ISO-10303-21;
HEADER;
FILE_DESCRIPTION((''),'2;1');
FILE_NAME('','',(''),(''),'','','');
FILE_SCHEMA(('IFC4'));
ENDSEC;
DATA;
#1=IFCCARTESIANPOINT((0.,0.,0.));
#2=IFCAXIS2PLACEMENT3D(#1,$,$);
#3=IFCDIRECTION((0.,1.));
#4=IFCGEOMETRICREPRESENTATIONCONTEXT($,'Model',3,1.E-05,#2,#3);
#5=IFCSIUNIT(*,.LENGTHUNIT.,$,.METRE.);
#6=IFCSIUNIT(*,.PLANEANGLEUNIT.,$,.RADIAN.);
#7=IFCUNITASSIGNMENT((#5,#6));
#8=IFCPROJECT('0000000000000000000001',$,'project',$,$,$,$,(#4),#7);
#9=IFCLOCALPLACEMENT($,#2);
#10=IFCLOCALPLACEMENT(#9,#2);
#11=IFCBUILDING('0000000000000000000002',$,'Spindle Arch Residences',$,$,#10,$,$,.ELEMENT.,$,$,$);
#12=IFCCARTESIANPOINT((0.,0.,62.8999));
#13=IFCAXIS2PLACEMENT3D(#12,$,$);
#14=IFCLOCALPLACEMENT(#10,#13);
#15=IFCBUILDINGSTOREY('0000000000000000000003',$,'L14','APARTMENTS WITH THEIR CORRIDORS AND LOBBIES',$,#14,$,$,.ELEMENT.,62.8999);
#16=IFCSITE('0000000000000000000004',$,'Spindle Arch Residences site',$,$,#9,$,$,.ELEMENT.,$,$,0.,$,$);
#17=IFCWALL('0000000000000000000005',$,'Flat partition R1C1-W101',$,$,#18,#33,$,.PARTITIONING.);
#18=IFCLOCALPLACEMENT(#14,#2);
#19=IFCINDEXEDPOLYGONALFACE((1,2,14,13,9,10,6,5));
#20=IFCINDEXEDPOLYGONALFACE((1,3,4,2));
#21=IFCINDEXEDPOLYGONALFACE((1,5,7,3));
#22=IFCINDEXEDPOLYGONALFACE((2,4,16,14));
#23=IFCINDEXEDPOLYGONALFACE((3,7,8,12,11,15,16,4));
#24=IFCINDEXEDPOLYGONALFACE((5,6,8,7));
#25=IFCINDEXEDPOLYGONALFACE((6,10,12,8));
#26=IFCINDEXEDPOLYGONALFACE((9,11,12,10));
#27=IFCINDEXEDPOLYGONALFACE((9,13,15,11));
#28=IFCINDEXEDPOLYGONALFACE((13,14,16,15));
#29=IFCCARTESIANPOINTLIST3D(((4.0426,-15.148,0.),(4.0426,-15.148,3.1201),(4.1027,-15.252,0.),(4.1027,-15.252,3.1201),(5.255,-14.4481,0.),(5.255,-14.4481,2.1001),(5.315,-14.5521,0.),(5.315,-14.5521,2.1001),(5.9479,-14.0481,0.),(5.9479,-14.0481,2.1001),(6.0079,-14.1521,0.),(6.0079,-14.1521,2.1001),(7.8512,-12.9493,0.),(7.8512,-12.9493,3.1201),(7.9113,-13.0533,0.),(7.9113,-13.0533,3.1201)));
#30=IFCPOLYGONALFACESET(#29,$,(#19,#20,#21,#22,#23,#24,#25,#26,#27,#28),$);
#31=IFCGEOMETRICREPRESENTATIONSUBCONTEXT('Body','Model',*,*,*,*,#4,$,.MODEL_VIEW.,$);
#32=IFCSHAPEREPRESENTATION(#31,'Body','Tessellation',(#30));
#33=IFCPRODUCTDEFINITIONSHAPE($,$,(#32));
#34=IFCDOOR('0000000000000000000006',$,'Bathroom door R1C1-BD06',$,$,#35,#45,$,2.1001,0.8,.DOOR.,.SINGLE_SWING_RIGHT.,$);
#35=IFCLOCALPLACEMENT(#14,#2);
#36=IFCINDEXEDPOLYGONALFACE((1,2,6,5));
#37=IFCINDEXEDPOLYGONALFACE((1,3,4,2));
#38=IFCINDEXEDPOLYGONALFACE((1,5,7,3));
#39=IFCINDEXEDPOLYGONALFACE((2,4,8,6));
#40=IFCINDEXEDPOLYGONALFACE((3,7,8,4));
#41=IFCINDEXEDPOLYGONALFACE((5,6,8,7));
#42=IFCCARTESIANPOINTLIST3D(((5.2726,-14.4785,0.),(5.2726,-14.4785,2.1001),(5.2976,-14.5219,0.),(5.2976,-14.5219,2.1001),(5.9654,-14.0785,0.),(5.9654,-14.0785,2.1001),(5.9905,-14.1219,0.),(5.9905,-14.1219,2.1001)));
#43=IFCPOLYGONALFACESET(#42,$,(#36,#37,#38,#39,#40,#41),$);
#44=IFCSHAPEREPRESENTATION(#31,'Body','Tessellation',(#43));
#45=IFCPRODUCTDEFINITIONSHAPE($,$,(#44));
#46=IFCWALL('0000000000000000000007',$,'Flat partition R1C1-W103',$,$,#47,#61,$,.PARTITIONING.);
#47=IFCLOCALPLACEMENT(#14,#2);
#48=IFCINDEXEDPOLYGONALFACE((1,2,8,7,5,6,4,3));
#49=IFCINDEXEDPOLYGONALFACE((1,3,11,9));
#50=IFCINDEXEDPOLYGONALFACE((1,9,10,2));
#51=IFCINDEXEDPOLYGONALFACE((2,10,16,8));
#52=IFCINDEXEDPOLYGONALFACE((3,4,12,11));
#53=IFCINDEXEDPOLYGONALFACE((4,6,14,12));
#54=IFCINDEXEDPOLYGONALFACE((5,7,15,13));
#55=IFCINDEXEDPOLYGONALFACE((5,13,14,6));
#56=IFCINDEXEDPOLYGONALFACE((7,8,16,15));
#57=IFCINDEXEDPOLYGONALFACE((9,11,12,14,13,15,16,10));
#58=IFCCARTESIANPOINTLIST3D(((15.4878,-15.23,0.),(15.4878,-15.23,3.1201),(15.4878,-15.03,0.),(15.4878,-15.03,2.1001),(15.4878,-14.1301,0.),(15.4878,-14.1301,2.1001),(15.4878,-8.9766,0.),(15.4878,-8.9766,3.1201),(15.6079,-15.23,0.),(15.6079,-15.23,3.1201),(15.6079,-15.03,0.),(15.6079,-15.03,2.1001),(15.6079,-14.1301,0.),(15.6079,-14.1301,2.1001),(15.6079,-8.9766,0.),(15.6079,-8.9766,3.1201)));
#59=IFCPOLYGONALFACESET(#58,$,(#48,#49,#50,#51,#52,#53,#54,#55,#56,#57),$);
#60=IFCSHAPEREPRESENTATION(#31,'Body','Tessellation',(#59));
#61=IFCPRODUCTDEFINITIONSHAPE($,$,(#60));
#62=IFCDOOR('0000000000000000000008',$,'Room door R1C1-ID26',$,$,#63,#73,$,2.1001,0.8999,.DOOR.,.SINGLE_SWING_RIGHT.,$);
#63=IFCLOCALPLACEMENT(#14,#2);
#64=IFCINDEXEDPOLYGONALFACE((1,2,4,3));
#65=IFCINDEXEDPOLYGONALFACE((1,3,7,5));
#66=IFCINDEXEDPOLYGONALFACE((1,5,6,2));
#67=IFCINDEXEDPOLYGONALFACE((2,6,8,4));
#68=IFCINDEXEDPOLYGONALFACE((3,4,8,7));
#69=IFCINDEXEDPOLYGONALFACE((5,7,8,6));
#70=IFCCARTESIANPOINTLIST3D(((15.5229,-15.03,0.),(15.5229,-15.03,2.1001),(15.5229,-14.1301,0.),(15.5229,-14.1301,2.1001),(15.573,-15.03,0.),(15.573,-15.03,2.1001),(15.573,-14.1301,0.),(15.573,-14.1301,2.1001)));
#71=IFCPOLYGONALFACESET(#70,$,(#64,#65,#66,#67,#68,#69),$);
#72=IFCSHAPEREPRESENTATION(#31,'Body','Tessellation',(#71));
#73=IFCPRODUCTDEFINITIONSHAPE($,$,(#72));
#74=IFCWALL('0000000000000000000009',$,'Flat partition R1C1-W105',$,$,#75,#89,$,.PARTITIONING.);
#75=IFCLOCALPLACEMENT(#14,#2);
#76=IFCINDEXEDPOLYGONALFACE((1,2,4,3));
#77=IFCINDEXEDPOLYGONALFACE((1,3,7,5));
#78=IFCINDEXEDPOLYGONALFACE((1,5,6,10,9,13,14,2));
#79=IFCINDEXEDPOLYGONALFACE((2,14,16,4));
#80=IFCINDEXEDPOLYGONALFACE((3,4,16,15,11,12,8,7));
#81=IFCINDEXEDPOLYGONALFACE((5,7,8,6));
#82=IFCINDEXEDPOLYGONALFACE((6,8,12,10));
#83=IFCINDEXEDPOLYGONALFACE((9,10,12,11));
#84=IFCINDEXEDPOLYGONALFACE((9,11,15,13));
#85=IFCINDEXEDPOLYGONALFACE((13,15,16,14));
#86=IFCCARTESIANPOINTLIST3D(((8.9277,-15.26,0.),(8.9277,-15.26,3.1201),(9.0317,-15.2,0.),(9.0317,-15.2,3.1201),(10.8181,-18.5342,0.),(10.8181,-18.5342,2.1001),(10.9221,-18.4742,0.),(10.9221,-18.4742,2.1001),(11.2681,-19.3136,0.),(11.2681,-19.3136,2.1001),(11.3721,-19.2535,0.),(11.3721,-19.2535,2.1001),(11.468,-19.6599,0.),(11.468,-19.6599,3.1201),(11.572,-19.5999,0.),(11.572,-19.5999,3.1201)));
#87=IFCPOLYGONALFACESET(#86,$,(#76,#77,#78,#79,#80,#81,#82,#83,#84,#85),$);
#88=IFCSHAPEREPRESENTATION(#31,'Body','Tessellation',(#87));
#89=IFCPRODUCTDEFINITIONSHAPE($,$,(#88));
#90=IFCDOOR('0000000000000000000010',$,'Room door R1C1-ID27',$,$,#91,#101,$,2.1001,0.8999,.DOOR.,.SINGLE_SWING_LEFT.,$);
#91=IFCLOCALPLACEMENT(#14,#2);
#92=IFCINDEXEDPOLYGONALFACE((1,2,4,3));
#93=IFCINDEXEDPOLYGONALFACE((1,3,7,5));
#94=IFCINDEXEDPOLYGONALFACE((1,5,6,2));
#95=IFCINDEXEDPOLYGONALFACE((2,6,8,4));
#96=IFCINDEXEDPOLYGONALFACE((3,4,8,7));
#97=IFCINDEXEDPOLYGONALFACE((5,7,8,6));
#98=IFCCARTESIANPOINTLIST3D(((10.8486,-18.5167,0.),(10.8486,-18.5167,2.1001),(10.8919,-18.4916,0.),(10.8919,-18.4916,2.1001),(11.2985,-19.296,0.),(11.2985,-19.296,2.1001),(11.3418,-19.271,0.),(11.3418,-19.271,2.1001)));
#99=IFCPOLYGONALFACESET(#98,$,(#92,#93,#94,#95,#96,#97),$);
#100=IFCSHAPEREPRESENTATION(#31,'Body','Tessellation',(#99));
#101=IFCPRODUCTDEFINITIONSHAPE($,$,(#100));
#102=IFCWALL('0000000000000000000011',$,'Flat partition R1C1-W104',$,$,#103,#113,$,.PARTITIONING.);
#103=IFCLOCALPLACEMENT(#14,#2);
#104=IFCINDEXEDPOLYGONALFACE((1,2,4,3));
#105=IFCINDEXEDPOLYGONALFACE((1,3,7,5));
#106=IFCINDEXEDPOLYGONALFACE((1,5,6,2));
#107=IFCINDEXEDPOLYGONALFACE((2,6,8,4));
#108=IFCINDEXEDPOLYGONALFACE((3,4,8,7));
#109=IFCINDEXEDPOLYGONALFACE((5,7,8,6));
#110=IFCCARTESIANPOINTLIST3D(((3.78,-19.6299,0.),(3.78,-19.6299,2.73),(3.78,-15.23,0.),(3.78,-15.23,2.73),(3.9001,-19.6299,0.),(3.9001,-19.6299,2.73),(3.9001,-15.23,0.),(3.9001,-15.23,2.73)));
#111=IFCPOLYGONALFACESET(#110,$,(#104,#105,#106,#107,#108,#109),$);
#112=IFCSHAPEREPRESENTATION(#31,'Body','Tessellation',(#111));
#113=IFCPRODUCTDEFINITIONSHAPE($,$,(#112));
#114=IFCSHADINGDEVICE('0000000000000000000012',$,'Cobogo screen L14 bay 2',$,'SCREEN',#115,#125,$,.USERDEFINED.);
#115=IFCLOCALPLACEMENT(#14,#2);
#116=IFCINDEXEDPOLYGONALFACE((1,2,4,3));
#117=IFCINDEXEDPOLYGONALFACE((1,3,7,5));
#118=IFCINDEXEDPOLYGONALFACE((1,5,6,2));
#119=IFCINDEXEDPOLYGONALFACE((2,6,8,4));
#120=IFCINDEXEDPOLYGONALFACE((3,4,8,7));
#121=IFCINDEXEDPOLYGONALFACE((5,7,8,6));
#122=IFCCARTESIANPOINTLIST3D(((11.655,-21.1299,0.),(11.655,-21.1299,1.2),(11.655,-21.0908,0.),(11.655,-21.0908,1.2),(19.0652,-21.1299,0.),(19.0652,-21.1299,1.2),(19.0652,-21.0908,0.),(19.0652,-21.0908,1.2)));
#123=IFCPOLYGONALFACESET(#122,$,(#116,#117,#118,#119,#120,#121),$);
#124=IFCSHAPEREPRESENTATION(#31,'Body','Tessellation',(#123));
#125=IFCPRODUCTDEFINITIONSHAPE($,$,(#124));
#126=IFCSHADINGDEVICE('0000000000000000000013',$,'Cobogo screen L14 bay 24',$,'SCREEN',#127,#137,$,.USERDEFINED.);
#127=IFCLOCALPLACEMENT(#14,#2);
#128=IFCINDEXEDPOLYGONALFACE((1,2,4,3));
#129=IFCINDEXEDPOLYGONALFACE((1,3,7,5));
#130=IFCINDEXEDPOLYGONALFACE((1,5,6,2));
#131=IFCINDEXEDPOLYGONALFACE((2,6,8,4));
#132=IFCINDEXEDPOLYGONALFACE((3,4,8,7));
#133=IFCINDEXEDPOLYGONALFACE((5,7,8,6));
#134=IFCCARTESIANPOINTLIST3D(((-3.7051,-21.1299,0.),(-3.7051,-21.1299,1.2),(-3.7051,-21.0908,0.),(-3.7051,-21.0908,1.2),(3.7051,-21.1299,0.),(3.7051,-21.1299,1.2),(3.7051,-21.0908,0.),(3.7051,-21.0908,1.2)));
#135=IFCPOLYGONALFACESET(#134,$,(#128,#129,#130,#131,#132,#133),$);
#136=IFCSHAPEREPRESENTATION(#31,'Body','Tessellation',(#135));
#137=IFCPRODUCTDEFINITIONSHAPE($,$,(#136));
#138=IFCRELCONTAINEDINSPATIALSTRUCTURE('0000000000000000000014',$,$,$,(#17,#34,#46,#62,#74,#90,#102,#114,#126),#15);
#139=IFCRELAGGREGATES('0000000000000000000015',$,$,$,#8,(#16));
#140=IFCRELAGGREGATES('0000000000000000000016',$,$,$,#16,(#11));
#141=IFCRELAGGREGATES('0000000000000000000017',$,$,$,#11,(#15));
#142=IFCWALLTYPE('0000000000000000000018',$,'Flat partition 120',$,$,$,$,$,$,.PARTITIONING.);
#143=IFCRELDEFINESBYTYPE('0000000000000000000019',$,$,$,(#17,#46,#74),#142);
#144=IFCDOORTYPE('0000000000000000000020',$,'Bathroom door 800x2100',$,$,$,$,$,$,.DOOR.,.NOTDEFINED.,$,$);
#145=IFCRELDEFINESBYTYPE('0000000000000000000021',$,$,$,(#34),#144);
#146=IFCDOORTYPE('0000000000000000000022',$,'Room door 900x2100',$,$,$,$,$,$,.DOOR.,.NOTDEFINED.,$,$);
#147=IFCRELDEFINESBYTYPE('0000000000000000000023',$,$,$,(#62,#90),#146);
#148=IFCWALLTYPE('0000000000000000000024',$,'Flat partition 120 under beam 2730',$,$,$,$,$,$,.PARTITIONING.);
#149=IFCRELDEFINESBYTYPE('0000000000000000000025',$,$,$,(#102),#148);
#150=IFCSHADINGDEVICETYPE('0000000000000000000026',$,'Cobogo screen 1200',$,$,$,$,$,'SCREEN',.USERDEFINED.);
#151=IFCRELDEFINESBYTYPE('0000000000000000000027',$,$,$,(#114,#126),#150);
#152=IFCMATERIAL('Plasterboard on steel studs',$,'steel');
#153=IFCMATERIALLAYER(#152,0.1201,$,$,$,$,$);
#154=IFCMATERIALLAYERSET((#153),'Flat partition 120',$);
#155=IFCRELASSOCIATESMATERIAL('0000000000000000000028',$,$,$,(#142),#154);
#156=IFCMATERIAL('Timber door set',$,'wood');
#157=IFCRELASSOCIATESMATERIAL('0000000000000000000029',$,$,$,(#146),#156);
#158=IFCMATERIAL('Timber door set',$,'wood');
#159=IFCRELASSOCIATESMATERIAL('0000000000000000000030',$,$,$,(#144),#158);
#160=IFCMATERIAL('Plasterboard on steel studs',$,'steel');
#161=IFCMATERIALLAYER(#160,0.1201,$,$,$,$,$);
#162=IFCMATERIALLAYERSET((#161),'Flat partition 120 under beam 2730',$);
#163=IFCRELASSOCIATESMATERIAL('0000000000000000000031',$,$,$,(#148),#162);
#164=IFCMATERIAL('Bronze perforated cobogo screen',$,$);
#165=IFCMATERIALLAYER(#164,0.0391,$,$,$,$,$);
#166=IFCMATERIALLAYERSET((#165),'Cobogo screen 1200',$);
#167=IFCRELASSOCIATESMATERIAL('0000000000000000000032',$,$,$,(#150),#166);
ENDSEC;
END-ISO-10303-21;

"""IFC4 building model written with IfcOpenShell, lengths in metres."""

from ifc_helpers import new_model, si_unit, direction, frame, frame_2d, origin, origin_2d, place, context, subcontext, project, spatial, rectangle, extrude, material, layer, layer_set, type_object, element, fill, save


model = new_model("IFC4")

# Units and contexts
model_context = context("Model", 3, precision=1e-05, world=origin(), true_north=direction((0.0, 1.0)))
body_context = subcontext(model_context, "Body", "Model", "MODEL_VIEW")
ifc_project = project(units=[si_unit("LENGTHUNIT", "METRE"), si_unit("PLANEANGLEUNIT", "RADIAN")], contexts=[model_context])

# Site, building, storey
site_placement = place(None, origin())
site = spatial("IfcSite", under=ifc_project, at=site_placement, Name="Spindle Arch Residences site", CompositionType="ELEMENT", RefElevation=0.0)
building_placement = place(site_placement, origin())
building = spatial("IfcBuilding", under=site, at=building_placement, Name="Spindle Arch Residences", CompositionType="ELEMENT")
storey_placement = place(building_placement, frame((0.0, 0.0, 62.8999)))
storey = spatial("IfcBuildingStorey", under=building, at=storey_placement, Name="L14", Description="APARTMENTS WITH THEIR CORRIDORS AND LOBBIES", CompositionType="ELEMENT", Elevation=62.8999)

# Shared definitions
ifc_material_1 = material(Name="Plasterboard on steel studs", Category="steel")
ifc_layer_1 = layer(ifc_material_1, 0.1201)
ifc_layer_set_1 = layer_set([ifc_layer_1], Name="Flat partition 120")
wall_type_1 = type_object("IfcWallType", Name="Flat partition 120", PredefinedType="PARTITIONING", material=ifc_layer_set_1)

# Walls, openings, doors
ifc_material_2 = material(Name="Timber door set", Category="wood")
door_type_1 = type_object("IfcDoorType", Name="Room door 900x2100", OperationType="NOTDEFINED", PredefinedType="DOOR", material=ifc_material_2)
wall_1_placement = place(storey_placement, frame((4.0728, -15.2, 0.0), z_axis=(0.0, 0.0, 1.0), x_axis=(0.866041, 0.499972, 0.0)))
wall_1 = element("IfcWall", 1, at=wall_1_placement, inside=storey, type_object=wall_type_1, Name="Flat partition R1C1-W101", PredefinedType="PARTITIONING", context=body_context, shape_type="SweptSolid", body=[
    extrude(rectangle(XDim=4.3977, YDim=0.1201, at=frame_2d((2.1987, 0.0))), origin(), (0.0, 0.0, 1.0), 3.1201),
])
opening_1_placement = place(wall_1_placement, frame((1.3999, 0.0, 0.0)))
opening_1 = element("IfcOpeningElement", 2, at=opening_1_placement, cuts=wall_1, PredefinedType="OPENING", context=body_context, shape_type="SweptSolid", body=[
    extrude(rectangle(XDim=0.8, YDim=2.1001, at=frame_2d((0.3999, 1.05))), frame((0.0, 0.0701, 0.0), z_axis=(0.0, -1.0, 0.0), x_axis=(1.0, 0.0, 0.0)), (0.0, 0.0, 1.0), 0.1401),
])
ifc_material_3 = material(Name="Timber door set", Category="wood")
door_type_2 = type_object("IfcDoorType", Name="Bathroom door 800x2100", OperationType="NOTDEFINED", PredefinedType="DOOR", material=ifc_material_3)
door_1_placement = place(opening_1_placement, origin())
door_1 = element("IfcDoor", 3, at=door_1_placement, inside=storey, type_object=door_type_2, Name="Bathroom door R1C1-BD06", OperationType="SINGLE_SWING_RIGHT", OverallHeight=2.1001, OverallWidth=0.8, PredefinedType="DOOR", context=body_context, shape_type="SweptSolid", body=[
    extrude(rectangle(XDim=0.8, YDim=2.1001, at=frame_2d((0.3999, 1.05))), frame((0.0, 0.0249, 0.0), z_axis=(0.0, -1.0, 0.0), x_axis=(1.0, 0.0, 0.0)), (0.0, 0.0, 1.0), 0.05),
])
fill(opening_1, door_1)
wall_2_placement = place(storey_placement, frame((15.5479, -15.23, 0.0), z_axis=(0.0, 0.0, 1.0), x_axis=(0.0, 1.0, 0.0)))
wall_2 = element("IfcWall", 4, at=wall_2_placement, inside=storey, type_object=wall_type_1, Name="Flat partition R1C1-W103", PredefinedType="PARTITIONING", context=body_context, shape_type="SweptSolid", body=[
    extrude(rectangle(XDim=6.2534, YDim=0.1201, at=frame_2d((3.1267, 0.0))), origin(), (0.0, 0.0, 1.0), 3.1201),
])
opening_2_placement = place(wall_2_placement, frame((0.2, 0.0, 0.0)))
opening_2 = element("IfcOpeningElement", 5, at=opening_2_placement, cuts=wall_2, PredefinedType="OPENING", context=body_context, shape_type="SweptSolid", body=[
    extrude(rectangle(XDim=0.8999, YDim=2.1001, at=frame_2d((0.45, 1.05))), frame((0.0, 0.0701, 0.0), z_axis=(0.0, -1.0, 0.0), x_axis=(1.0, 0.0, 0.0)), (0.0, 0.0, 1.0), 0.1401),
])
door_2_placement = place(opening_2_placement, origin())
door_2 = element("IfcDoor", 6, at=door_2_placement, inside=storey, type_object=door_type_1, Name="Room door R1C1-ID26", OperationType="SINGLE_SWING_RIGHT", OverallHeight=2.1001, OverallWidth=0.8999, PredefinedType="DOOR", context=body_context, shape_type="SweptSolid", body=[
    extrude(rectangle(XDim=0.8999, YDim=2.1001, at=frame_2d((0.45, 1.05))), frame((0.0, 0.0249, 0.0), z_axis=(0.0, -1.0, 0.0), x_axis=(1.0, 0.0, 0.0)), (0.0, 0.0, 1.0), 0.05),
])
fill(opening_2, door_2)
wall_3_placement = place(storey_placement, frame((11.52, -19.6299, 0.0), z_axis=(0.0, 0.0, 1.0), x_axis=(-0.5, 0.866026, 0.0)))
wall_3 = element("IfcWall", 7, at=wall_3_placement, inside=storey, type_object=wall_type_1, Name="Flat partition R1C1-W105", PredefinedType="PARTITIONING", context=body_context, shape_type="SweptSolid", body=[
    extrude(rectangle(XDim=5.0806, YDim=0.1201, at=frame_2d((2.5403, 0.0))), origin(), (0.0, 0.0, 1.0), 3.1201),
])
opening_3_placement = place(wall_3_placement, frame((0.3999, 0.0, 0.0)))
opening_3 = element("IfcOpeningElement", 8, at=opening_3_placement, cuts=wall_3, PredefinedType="OPENING", context=body_context, shape_type="SweptSolid", body=[
    extrude(rectangle(XDim=0.8999, YDim=2.1001, at=frame_2d((0.45, 1.05))), frame((0.0, 0.0701, 0.0), z_axis=(0.0, -1.0, 0.0), x_axis=(1.0, 0.0, 0.0)), (0.0, 0.0, 1.0), 0.1401),
])
door_3_placement = place(opening_3_placement, origin())
door_3 = element("IfcDoor", 9, at=door_3_placement, inside=storey, type_object=door_type_1, Name="Room door R1C1-ID27", OperationType="SINGLE_SWING_LEFT", OverallHeight=2.1001, OverallWidth=0.8999, PredefinedType="DOOR", context=body_context, shape_type="SweptSolid", body=[
    extrude(rectangle(XDim=0.8999, YDim=2.1001, at=frame_2d((0.45, 1.05))), frame((0.0, 0.0249, 0.0), z_axis=(0.0, -1.0, 0.0), x_axis=(1.0, 0.0, 0.0)), (0.0, 0.0, 1.0), 0.05),
])
fill(opening_3, door_3)

# Wall
ifc_material_4 = material(Name="Plasterboard on steel studs", Category="steel")
ifc_layer_2 = layer(ifc_material_4, 0.1201)
ifc_layer_set_2 = layer_set([ifc_layer_2], Name="Flat partition 120 under beam 2730")
wall_type_2 = type_object("IfcWallType", Name="Flat partition 120 under beam 2730", PredefinedType="PARTITIONING", material=ifc_layer_set_2)
wall_4_placement = place(storey_placement, frame((3.8401, -19.6299, 0.0), z_axis=(0.0, 0.0, 1.0), x_axis=(0.0, 1.0, 0.0)))
element("IfcWall", 10, at=wall_4_placement, inside=storey, type_object=wall_type_2, Name="Flat partition R1C1-W104", PredefinedType="PARTITIONING", context=body_context, shape_type="SweptSolid", body=[
    extrude(rectangle(XDim=4.3999, YDim=0.1201, at=frame_2d((2.2, 0.0))), origin(), (0.0, 0.0, 1.0), 2.73),
])

# Shading devices
ifc_material_5 = material(Name="Bronze perforated cobogo screen")
ifc_layer_3 = layer(ifc_material_5, 0.0391)
ifc_layer_set_3 = layer_set([ifc_layer_3], Name="Cobogo screen 1200")
shading_device_type = type_object("IfcShadingDeviceType", Name="Cobogo screen 1200", ElementType="SCREEN", PredefinedType="USERDEFINED", material=ifc_layer_set_3)
for number, where, z_axis, x_axis, name in (
    (11, (15.3601, -21.1104, 0.0), (0.0, 0.0, 1.0), (1.0, 0.0, 0.0), "Cobogo screen L14 bay 2"),
    (12, (0.0, -21.1104, 0.0), (0.0, 0.0, 1.0), (1.0, 0.0, 0.0), "Cobogo screen L14 bay 24"),
):
    element("IfcShadingDevice", number, at=place(storey_placement, frame(where, z_axis=z_axis, x_axis=x_axis)), inside=storey, type_object=shading_device_type, Name=name, ObjectType="SCREEN", PredefinedType="USERDEFINED", context=body_context, shape_type="SweptSolid", body=[
        extrude(rectangle(XDim=7.4102, YDim=0.0391, at=origin_2d()), origin(), (0.0, 0.0, 1.0), 1.2),
    ])

save(model, "model.ifc")
